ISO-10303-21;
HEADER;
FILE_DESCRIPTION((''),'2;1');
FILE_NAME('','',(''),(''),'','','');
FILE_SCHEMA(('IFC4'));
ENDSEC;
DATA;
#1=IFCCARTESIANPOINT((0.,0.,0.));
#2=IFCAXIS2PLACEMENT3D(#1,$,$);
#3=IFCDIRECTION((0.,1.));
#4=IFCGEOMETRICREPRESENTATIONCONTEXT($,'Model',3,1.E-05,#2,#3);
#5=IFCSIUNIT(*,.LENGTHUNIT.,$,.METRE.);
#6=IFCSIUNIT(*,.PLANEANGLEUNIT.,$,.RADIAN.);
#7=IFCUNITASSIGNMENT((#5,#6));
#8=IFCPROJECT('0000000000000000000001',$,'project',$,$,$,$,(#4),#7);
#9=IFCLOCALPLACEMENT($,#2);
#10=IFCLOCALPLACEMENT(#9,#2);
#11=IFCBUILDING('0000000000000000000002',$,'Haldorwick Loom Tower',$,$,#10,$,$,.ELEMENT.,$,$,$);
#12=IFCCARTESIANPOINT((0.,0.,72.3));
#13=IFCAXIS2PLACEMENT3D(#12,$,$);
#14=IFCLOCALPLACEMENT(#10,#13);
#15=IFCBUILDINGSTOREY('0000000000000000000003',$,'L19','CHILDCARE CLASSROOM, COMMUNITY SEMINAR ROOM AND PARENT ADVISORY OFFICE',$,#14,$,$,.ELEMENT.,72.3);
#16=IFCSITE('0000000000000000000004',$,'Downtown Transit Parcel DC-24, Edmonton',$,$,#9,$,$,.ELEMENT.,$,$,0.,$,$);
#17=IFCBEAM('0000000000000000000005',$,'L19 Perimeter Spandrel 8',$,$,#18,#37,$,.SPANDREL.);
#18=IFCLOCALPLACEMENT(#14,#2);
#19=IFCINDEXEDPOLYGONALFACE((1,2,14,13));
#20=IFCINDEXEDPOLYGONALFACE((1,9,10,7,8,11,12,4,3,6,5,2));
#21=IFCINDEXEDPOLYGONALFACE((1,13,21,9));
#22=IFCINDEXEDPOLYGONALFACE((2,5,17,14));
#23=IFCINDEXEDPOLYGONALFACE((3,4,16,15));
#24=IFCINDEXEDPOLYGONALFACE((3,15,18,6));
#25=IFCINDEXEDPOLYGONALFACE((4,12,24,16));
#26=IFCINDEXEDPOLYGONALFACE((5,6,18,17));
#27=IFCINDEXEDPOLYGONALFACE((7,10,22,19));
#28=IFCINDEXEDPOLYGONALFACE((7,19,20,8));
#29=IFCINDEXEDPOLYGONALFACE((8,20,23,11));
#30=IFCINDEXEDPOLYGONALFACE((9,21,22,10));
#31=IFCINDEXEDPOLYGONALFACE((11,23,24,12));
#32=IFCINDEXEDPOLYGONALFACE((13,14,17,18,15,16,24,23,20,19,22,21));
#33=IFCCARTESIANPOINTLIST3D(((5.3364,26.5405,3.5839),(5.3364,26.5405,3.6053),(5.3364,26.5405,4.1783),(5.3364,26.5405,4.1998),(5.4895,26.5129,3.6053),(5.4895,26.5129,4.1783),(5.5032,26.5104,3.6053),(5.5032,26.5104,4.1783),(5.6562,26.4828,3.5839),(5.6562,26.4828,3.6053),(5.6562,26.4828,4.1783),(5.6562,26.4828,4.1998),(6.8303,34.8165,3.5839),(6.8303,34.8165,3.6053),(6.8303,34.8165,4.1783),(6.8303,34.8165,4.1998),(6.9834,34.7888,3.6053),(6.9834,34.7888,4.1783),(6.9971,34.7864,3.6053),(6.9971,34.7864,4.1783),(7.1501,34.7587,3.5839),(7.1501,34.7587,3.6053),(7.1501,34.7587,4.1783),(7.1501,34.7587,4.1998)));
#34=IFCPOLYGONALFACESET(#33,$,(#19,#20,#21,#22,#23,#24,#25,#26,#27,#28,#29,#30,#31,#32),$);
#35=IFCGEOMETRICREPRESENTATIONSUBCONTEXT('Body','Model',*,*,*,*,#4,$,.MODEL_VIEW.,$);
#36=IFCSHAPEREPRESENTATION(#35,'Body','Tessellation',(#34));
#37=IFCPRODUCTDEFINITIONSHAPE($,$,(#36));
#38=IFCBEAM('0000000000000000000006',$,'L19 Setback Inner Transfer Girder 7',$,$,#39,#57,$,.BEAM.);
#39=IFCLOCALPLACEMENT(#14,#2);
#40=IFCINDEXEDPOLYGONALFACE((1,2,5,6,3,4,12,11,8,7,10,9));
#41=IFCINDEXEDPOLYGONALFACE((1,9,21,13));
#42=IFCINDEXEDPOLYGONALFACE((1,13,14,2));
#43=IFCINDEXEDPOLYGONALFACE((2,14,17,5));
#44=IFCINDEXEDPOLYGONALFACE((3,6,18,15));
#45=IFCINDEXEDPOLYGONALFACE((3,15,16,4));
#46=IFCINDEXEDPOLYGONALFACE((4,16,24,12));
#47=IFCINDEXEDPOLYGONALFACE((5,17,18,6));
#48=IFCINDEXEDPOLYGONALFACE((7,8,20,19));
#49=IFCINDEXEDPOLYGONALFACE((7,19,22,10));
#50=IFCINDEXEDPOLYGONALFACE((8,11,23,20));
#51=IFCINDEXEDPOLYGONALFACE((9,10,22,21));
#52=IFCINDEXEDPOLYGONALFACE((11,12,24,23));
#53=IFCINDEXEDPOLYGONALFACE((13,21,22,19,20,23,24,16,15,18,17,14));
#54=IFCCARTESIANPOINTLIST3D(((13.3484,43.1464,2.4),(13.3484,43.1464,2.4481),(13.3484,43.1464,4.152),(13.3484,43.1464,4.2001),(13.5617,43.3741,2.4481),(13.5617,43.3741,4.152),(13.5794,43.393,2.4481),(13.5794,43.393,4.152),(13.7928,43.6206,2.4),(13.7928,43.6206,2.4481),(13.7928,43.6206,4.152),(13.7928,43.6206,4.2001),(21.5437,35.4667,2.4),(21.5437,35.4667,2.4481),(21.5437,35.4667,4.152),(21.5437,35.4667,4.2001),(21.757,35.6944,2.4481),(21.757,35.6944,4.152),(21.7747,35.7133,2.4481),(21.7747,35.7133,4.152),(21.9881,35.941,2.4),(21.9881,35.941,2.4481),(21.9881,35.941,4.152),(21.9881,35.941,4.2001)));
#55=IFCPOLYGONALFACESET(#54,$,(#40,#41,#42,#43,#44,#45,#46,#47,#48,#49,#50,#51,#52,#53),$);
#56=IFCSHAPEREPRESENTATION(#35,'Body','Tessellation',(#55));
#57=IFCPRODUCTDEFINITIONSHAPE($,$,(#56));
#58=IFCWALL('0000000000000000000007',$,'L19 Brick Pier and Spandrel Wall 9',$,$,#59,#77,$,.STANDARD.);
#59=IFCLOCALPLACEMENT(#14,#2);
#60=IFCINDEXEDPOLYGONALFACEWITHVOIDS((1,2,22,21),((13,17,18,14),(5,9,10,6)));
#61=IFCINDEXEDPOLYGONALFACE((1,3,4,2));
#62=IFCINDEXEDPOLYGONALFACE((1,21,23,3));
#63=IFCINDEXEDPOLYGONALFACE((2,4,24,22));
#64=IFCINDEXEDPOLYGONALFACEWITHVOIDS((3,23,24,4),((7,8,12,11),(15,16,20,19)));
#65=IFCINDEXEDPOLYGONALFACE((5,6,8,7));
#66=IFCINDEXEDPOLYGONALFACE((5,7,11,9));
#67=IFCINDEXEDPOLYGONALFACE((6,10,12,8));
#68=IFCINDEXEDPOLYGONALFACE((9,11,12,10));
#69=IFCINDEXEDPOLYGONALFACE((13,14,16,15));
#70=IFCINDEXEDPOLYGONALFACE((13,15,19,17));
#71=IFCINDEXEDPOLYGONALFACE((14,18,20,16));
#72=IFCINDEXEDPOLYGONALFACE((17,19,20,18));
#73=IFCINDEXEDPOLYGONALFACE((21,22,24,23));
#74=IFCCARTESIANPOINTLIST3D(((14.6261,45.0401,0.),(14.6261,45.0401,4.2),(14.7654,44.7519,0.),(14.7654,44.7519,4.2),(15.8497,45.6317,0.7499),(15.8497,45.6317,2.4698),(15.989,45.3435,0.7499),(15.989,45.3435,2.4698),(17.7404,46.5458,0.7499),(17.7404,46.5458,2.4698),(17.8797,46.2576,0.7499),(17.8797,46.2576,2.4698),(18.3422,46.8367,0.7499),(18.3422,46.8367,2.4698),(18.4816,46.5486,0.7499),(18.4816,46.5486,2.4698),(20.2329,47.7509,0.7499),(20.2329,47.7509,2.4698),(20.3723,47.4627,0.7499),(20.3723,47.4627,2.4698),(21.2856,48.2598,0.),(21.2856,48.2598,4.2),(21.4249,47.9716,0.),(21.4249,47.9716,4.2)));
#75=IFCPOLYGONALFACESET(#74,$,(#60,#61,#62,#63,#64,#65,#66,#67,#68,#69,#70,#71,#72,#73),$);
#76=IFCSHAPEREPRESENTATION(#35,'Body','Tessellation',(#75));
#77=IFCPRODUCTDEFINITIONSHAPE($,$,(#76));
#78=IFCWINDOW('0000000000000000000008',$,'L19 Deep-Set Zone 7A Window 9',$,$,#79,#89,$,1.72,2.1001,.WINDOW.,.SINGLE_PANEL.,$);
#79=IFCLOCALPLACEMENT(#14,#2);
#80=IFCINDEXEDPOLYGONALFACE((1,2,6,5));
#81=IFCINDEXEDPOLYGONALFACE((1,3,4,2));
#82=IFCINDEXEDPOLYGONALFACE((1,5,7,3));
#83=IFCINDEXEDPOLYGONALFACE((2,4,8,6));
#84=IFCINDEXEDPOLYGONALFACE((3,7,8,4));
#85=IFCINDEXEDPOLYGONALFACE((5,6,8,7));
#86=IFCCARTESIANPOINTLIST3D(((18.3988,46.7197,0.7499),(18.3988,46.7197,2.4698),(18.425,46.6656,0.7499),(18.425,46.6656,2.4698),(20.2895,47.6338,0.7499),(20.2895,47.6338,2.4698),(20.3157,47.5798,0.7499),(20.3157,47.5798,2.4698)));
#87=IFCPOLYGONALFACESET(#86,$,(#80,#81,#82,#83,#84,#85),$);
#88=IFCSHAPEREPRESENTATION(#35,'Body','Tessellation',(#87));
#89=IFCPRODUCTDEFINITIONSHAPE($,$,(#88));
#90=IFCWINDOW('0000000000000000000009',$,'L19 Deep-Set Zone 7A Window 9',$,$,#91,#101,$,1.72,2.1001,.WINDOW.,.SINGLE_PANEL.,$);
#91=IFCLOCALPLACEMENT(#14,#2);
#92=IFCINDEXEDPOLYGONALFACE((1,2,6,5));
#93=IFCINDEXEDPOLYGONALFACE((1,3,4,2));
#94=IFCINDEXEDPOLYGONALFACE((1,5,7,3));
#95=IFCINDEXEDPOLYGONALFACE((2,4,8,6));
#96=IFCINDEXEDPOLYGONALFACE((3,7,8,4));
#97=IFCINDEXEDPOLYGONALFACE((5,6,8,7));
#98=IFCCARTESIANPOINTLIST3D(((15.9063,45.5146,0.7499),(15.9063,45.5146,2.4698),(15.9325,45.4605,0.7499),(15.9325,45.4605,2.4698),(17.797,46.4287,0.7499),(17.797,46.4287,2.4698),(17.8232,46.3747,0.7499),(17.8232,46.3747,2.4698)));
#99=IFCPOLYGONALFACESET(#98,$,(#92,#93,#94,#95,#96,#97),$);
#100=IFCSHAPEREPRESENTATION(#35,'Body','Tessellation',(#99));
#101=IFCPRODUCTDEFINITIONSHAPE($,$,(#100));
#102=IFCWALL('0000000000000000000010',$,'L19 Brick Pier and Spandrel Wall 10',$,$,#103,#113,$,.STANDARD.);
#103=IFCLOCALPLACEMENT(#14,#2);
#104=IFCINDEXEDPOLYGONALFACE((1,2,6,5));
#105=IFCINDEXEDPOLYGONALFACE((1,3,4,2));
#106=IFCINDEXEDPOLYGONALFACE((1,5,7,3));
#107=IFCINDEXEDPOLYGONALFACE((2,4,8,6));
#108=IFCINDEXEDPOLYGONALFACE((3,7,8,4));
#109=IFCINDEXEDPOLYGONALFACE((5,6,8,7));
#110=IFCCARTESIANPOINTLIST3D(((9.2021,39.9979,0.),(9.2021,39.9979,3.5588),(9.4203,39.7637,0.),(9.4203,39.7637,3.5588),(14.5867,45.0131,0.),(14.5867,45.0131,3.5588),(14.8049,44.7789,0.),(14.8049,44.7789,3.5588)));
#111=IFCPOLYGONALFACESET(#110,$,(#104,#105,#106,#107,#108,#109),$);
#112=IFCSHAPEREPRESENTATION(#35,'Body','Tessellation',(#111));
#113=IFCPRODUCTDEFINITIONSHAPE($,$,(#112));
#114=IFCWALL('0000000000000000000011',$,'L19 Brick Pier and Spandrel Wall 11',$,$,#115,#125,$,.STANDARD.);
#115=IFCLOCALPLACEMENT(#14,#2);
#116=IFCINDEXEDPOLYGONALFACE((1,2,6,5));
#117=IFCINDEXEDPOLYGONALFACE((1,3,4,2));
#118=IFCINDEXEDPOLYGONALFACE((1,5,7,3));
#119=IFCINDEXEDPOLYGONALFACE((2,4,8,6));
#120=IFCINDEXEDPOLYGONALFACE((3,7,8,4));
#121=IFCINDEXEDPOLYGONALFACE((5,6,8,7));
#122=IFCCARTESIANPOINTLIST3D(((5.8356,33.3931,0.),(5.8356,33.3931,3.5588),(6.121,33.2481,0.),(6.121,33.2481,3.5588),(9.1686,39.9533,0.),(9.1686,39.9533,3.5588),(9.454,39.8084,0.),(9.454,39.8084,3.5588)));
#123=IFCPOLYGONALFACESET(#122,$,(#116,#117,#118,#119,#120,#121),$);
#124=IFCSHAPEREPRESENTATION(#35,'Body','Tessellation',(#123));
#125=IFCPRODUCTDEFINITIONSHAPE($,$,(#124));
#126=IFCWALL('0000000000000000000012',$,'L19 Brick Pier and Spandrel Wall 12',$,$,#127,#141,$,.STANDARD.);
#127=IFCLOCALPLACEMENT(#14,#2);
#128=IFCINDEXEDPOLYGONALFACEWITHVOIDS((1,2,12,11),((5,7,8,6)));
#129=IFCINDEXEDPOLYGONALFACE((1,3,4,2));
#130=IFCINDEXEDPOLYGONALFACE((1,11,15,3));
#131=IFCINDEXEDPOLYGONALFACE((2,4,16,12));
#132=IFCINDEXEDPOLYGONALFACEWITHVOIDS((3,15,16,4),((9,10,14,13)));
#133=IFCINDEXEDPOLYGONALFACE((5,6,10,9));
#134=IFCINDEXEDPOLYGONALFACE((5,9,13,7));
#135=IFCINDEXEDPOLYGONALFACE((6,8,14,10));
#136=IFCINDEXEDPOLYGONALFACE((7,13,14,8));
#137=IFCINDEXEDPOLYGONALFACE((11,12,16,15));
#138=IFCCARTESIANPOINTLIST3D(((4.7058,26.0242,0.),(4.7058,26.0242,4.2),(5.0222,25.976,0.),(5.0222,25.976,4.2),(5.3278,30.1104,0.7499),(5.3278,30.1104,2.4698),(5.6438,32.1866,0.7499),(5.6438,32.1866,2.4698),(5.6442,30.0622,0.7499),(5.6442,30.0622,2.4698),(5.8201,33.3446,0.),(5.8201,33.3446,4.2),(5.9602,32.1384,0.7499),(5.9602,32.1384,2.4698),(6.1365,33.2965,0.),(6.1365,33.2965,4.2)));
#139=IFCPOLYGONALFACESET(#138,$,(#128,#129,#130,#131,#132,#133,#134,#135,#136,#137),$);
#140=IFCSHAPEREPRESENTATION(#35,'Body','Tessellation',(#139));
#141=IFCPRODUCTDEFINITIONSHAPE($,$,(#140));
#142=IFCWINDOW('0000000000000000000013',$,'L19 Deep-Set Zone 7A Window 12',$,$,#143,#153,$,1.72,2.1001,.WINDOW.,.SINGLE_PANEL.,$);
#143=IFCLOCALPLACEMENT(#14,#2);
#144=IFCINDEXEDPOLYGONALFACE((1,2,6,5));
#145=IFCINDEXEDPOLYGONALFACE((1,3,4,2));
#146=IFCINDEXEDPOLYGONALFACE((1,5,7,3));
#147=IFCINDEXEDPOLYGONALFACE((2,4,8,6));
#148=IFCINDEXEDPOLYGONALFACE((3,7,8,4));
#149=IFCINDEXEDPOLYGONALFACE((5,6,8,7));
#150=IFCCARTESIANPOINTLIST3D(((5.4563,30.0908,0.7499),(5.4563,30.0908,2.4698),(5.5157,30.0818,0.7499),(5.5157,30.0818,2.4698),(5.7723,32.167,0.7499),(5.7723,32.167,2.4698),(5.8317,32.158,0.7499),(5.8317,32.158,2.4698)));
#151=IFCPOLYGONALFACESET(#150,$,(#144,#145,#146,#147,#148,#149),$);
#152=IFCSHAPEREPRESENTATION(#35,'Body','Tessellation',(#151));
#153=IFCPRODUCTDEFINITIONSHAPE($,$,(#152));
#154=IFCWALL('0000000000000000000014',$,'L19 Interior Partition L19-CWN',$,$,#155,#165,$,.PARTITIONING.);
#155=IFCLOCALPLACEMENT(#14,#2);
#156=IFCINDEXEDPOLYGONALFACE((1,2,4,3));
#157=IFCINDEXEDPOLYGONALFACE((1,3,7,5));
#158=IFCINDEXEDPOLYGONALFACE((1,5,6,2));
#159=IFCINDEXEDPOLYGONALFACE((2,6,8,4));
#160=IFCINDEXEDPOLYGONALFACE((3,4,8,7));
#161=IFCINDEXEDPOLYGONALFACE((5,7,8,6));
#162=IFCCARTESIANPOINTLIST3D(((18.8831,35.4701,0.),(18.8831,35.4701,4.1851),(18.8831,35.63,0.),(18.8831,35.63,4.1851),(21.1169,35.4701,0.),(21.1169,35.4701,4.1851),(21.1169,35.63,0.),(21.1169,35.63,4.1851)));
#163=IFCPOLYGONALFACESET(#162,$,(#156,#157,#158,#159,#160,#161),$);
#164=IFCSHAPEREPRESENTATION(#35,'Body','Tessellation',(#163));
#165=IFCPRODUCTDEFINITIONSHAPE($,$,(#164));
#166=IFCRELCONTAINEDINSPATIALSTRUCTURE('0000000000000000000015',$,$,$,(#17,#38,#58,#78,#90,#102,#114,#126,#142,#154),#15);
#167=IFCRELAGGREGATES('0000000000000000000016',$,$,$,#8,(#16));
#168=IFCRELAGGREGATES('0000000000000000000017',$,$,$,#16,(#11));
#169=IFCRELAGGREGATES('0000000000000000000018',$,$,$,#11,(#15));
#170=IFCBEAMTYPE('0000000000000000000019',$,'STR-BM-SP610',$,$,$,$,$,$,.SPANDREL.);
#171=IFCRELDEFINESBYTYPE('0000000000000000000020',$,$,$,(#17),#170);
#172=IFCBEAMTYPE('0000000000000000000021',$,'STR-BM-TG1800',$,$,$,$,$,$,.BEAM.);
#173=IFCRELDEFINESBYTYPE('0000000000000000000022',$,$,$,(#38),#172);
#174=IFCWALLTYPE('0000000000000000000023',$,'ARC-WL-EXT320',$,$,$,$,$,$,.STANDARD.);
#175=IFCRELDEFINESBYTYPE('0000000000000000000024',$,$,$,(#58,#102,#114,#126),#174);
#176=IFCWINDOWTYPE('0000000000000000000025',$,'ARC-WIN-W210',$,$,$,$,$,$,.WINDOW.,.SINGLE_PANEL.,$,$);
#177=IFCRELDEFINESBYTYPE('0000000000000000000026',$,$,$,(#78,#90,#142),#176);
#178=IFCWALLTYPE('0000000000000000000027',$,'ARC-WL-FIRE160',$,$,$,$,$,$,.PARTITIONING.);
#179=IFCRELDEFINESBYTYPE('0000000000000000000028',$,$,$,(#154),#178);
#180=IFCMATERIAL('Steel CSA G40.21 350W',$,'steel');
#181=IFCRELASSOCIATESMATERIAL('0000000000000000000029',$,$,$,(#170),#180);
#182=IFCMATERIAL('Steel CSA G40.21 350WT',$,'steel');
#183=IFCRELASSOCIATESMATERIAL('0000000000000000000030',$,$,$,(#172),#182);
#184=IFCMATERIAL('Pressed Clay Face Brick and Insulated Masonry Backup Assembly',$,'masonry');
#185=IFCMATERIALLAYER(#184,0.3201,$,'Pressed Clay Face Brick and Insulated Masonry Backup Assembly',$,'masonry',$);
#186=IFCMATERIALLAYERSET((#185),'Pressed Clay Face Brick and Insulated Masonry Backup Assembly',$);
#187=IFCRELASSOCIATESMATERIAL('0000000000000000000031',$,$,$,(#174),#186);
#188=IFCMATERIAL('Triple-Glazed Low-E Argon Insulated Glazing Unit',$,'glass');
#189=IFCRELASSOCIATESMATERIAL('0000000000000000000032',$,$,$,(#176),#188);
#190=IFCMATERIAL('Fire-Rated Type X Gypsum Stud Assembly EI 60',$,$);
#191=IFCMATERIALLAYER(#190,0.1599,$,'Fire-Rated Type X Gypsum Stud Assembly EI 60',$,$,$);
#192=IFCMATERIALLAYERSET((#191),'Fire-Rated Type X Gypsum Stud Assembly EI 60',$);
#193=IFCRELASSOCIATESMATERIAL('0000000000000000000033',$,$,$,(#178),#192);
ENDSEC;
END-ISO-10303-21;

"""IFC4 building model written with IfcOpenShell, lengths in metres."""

from ifc_helpers import new_model, si_unit, direction, frame, frame_2d, origin, origin_2d, place, context, subcontext, project, spatial, rectangle, i_section, extrude, material, layer, layer_set, material_profile, profile_set, type_object, element, fill, save


model = new_model("IFC4")

# Units and contexts
model_context = context("Model", 3, precision=1e-05, world=origin(), true_north=direction((0.0, 1.0)))
body_context = subcontext(model_context, "Body", "Model", "MODEL_VIEW")
ifc_project = project(units=[si_unit("LENGTHUNIT", "METRE"), si_unit("PLANEANGLEUNIT", "RADIAN")], contexts=[model_context])

# Site, building, storey
site_placement = place(None, origin())
site = spatial("IfcSite", under=ifc_project, at=site_placement, Name="Downtown Transit Parcel DC-24, Edmonton", CompositionType="ELEMENT", RefElevation=0.0)
building_placement = place(site_placement, origin())
building = spatial("IfcBuilding", under=site, at=building_placement, Name="Haldorwick Loom Tower", CompositionType="ELEMENT")
storey_placement = place(building_placement, frame((0.0, 0.0, 72.3)))
storey = spatial("IfcBuildingStorey", under=building, at=storey_placement, Name="L19", Description="CHILDCARE CLASSROOM, COMMUNITY SEMINAR ROOM AND PARENT ADVISORY OFFICE", CompositionType="ELEMENT", Elevation=72.3)

# Shared definitions
ifc_material_1 = material(Name="Steel CSA G40.21 350WT", Category="steel")

# Beams
ifc_material_2 = material(Name="Steel CSA G40.21 350W", Category="steel")
ifc_material_profile_1 = material_profile(ifc_material_2, i_section(OverallWidth=0.325, OverallDepth=0.616, WebThickness=0.0139, FlangeThickness=0.0215, at=origin_2d()), Name="W610X174", Category="steel")
ifc_profile_set_1 = profile_set([ifc_material_profile_1], Name="Steel CSA G40.21 350W")
beam_type_1 = type_object("IfcBeamType", Name="STR-BM-SP610", PredefinedType="SPANDREL", material=ifc_profile_set_1)
beam_1_placement = place(storey_placement, frame((6.9902, 34.7876, 3.8918), z_axis=(-0.177641, -0.984095, 0.0), x_axis=(0.984095, -0.177641, 0.0)))
element("IfcBeam", 1, at=beam_1_placement, inside=storey, type_object=beam_type_1, Name="L19 Perimeter Spandrel 8", PredefinedType="SPANDREL", context=body_context, shape_type="SweptSolid", body=[
    extrude(i_section(OverallWidth=0.325, OverallDepth=0.616, WebThickness=0.0139, FlangeThickness=0.0215, at=origin_2d()), origin(), (0.0, 0.0, 1.0), 8.4097),
])
ifc_material_profile_2 = material_profile(ifc_material_1, i_section(OverallWidth=0.6499, OverallDepth=1.8, WebThickness=0.0259, FlangeThickness=0.0481, at=origin_2d()), Name="WWF1800X650", Category="steel")
ifc_profile_set_2 = profile_set([ifc_material_profile_2], Name="Steel CSA G40.21 350WT")
beam_type_2 = type_object("IfcBeamType", Name="STR-BM-TG1800", PredefinedType="BEAM", material=ifc_profile_set_2)
beam_2_placement = place(storey_placement, frame((21.7659, 35.7039, 3.3), z_axis=(-0.729689, 0.683779, 0.0), x_axis=(-0.683779, -0.729689, 0.0)))
element("IfcBeam", 2, at=beam_2_placement, inside=storey, type_object=beam_type_2, Name="L19 Setback Inner Transfer Girder 7", PredefinedType="BEAM", context=body_context, shape_type="SweptSolid", body=[
    extrude(i_section(OverallWidth=0.6499, OverallDepth=1.8, WebThickness=0.0259, FlangeThickness=0.0481, at=origin_2d()), origin(), (0.0, 0.0, 1.0), 11.2312),
])

# Wall, openings, windows
ifc_material_3 = material(Name="Pressed Clay Face Brick and Insulated Masonry Backup Assembly", Category="masonry")
ifc_layer_1 = layer(ifc_material_3, 0.3201, Name="Pressed Clay Face Brick and Insulated Masonry Backup Assembly", Category="masonry")
ifc_layer_set_1 = layer_set([ifc_layer_1], Name="Pressed Clay Face Brick and Insulated Masonry Backup Assembly")
wall_type_1 = type_object("IfcWallType", Name="ARC-WL-EXT320", PredefinedType="STANDARD", material=ifc_layer_set_1)
wall_1_placement = place(storey_placement, frame((21.3552, 48.1157, 0.0), z_axis=(0.0, 0.0, 1.0), x_axis=(-0.900296, -0.435279, 0.0)))
wall_1 = element("IfcWall", 3, at=wall_1_placement, inside=storey, type_object=wall_type_1, Name="L19 Brick Pier and Spandrel Wall 9", PredefinedType="STANDARD", context=body_context, shape_type="SweptSolid", body=[
    extrude(rectangle(XDim=7.397, YDim=0.3201, at=frame_2d((3.6985, 0.0))), origin(), (0.0, 0.0, 1.0), 4.2),
])
opening_1_placement = place(wall_1_placement, frame((1.1692, 0.0, 0.75)))
opening_1 = element("IfcOpeningElement", 4, at=opening_1_placement, cuts=wall_1, PredefinedType="OPENING", context=body_context, shape_type="SweptSolid", body=[
    extrude(rectangle(XDim=2.1001, YDim=1.72, at=frame_2d((1.05, 0.8599))), frame((0.0, 0.1699, 0.0), z_axis=(0.0, -1.0, 0.0), x_axis=(1.0, 0.0, 0.0)), (0.0, 0.0, 1.0), 0.3401),
])
opening_2_placement = place(wall_1_placement, frame((3.9377, 0.0, 0.75)))
opening_2 = element("IfcOpeningElement", 5, at=opening_2_placement, cuts=wall_1, PredefinedType="OPENING", context=body_context, shape_type="SweptSolid", body=[
    extrude(rectangle(XDim=2.1001, YDim=1.72, at=frame_2d((1.05, 0.8599))), frame((0.0, 0.1699, 0.0), z_axis=(0.0, -1.0, 0.0), x_axis=(1.0, 0.0, 0.0)), (0.0, 0.0, 1.0), 0.3401),
])
ifc_material_4 = material(Name="Triple-Glazed Low-E Argon Insulated Glazing Unit", Category="glass")
window_type = type_object("IfcWindowType", Name="ARC-WIN-W210", PartitioningType="SINGLE_PANEL", PredefinedType="WINDOW", material=ifc_material_4)
window_1_placement = place(opening_1_placement, origin())
window_1 = element("IfcWindow", 6, at=window_1_placement, inside=storey, type_object=window_type, Name="L19 Deep-Set Zone 7A Window 9", OverallHeight=1.72, OverallWidth=2.1001, PartitioningType="SINGLE_PANEL", PredefinedType="WINDOW", context=body_context, shape_type="SweptSolid", body=[
    extrude(rectangle(XDim=2.1001, YDim=1.72, at=frame_2d((1.05, 0.8599))), frame((0.0, 0.03, 0.0), z_axis=(0.0, -1.0, 0.0), x_axis=(1.0, 0.0, 0.0)), (0.0, 0.0, 1.0), 0.0601),
])
fill(opening_1, window_1)
window_2_placement = place(opening_2_placement, origin())
window_2 = element("IfcWindow", 7, at=window_2_placement, inside=storey, type_object=window_type, Name="L19 Deep-Set Zone 7A Window 9", OverallHeight=1.72, OverallWidth=2.1001, PartitioningType="SINGLE_PANEL", PredefinedType="WINDOW", context=body_context, shape_type="SweptSolid", body=[
    extrude(rectangle(XDim=2.1001, YDim=1.72, at=frame_2d((1.05, 0.8599))), frame((0.0, 0.03, 0.0), z_axis=(0.0, -1.0, 0.0), x_axis=(1.0, 0.0, 0.0)), (0.0, 0.0, 1.0), 0.0601),
])
fill(opening_2, window_2)

# Walls
for number, where, z_axis, x_axis, name in (
    (8, (14.6958, 44.896, 0.0), (0.0, 0.0, 1.0), (-0.731761, -0.681561, 0.0), "L19 Brick Pier and Spandrel Wall 10"),
    (9, (9.3113, 39.8809, 0.0), (0.0, 0.0, 1.0), (-0.452951, -0.891535, 0.0), "L19 Brick Pier and Spandrel Wall 11"),
):
    element("IfcWall", number, at=place(storey_placement, frame(where, z_axis=z_axis, x_axis=x_axis)), inside=storey, type_object=wall_type_1, Name=name, PredefinedType="STANDARD", context=body_context, shape_type="SweptSolid", body=[
        extrude(rectangle(XDim=7.3584, YDim=0.3201, at=frame_2d((3.6792, 0.0))), origin(), (0.0, 0.0, 1.0), 3.5588),
    ])

# Wall, opening, window
wall_2_placement = place(storey_placement, frame((5.9783, 33.3206, 0.0), z_axis=(0.0, 0.0, 1.0), x_axis=(-0.150476, -0.988614, 0.0)))
wall_2 = element("IfcWall", 10, at=wall_2_placement, inside=storey, type_object=wall_type_1, Name="L19 Brick Pier and Spandrel Wall 12", PredefinedType="STANDARD", context=body_context, shape_type="SweptSolid", body=[
    extrude(rectangle(XDim=7.4048, YDim=0.3201, at=frame_2d((3.7024, 0.0))), origin(), (0.0, 0.0, 1.0), 4.2),
])
opening_3_placement = place(wall_2_placement, frame((1.1714, 0.0, 0.75)))
opening_3 = element("IfcOpeningElement", 11, at=opening_3_placement, cuts=wall_2, PredefinedType="OPENING", context=body_context, shape_type="SweptSolid", body=[
    extrude(rectangle(XDim=2.1001, YDim=1.72, at=frame_2d((1.05, 0.8599))), frame((0.0, 0.1699, 0.0), z_axis=(0.0, -1.0, 0.0), x_axis=(1.0, 0.0, 0.0)), (0.0, 0.0, 1.0), 0.3401),
])
window_3_placement = place(opening_3_placement, origin())
window_3 = element("IfcWindow", 12, at=window_3_placement, inside=storey, type_object=window_type, Name="L19 Deep-Set Zone 7A Window 12", OverallHeight=1.72, OverallWidth=2.1001, PartitioningType="SINGLE_PANEL", PredefinedType="WINDOW", context=body_context, shape_type="SweptSolid", body=[
    extrude(rectangle(XDim=2.1001, YDim=1.72, at=frame_2d((1.05, 0.8599))), frame((0.0, 0.03, 0.0), z_axis=(0.0, -1.0, 0.0), x_axis=(1.0, 0.0, 0.0)), (0.0, 0.0, 1.0), 0.0601),
])
fill(opening_3, window_3)

# Wall
ifc_material_5 = material(Name="Fire-Rated Type X Gypsum Stud Assembly EI 60")
ifc_layer_2 = layer(ifc_material_5, 0.1599, Name="Fire-Rated Type X Gypsum Stud Assembly EI 60")
ifc_layer_set_2 = layer_set([ifc_layer_2], Name="Fire-Rated Type X Gypsum Stud Assembly EI 60")
wall_type_2 = type_object("IfcWallType", Name="ARC-WL-FIRE160", PredefinedType="PARTITIONING", material=ifc_layer_set_2)
wall_3_placement = place(storey_placement, frame((18.8831, 35.55, 0.0), z_axis=(0.0, 0.0, 1.0), x_axis=(1.0, 0.0, 0.0)))
element("IfcWall", 13, at=wall_3_placement, inside=storey, type_object=wall_type_2, Name="L19 Interior Partition L19-CWN", PredefinedType="PARTITIONING", context=body_context, shape_type="SweptSolid", body=[
    extrude(rectangle(XDim=2.2339, YDim=0.1599, at=frame_2d((1.1169, 0.0))), origin(), (0.0, 0.0, 1.0), 4.1851),
])

save(model, "model.ifc")
